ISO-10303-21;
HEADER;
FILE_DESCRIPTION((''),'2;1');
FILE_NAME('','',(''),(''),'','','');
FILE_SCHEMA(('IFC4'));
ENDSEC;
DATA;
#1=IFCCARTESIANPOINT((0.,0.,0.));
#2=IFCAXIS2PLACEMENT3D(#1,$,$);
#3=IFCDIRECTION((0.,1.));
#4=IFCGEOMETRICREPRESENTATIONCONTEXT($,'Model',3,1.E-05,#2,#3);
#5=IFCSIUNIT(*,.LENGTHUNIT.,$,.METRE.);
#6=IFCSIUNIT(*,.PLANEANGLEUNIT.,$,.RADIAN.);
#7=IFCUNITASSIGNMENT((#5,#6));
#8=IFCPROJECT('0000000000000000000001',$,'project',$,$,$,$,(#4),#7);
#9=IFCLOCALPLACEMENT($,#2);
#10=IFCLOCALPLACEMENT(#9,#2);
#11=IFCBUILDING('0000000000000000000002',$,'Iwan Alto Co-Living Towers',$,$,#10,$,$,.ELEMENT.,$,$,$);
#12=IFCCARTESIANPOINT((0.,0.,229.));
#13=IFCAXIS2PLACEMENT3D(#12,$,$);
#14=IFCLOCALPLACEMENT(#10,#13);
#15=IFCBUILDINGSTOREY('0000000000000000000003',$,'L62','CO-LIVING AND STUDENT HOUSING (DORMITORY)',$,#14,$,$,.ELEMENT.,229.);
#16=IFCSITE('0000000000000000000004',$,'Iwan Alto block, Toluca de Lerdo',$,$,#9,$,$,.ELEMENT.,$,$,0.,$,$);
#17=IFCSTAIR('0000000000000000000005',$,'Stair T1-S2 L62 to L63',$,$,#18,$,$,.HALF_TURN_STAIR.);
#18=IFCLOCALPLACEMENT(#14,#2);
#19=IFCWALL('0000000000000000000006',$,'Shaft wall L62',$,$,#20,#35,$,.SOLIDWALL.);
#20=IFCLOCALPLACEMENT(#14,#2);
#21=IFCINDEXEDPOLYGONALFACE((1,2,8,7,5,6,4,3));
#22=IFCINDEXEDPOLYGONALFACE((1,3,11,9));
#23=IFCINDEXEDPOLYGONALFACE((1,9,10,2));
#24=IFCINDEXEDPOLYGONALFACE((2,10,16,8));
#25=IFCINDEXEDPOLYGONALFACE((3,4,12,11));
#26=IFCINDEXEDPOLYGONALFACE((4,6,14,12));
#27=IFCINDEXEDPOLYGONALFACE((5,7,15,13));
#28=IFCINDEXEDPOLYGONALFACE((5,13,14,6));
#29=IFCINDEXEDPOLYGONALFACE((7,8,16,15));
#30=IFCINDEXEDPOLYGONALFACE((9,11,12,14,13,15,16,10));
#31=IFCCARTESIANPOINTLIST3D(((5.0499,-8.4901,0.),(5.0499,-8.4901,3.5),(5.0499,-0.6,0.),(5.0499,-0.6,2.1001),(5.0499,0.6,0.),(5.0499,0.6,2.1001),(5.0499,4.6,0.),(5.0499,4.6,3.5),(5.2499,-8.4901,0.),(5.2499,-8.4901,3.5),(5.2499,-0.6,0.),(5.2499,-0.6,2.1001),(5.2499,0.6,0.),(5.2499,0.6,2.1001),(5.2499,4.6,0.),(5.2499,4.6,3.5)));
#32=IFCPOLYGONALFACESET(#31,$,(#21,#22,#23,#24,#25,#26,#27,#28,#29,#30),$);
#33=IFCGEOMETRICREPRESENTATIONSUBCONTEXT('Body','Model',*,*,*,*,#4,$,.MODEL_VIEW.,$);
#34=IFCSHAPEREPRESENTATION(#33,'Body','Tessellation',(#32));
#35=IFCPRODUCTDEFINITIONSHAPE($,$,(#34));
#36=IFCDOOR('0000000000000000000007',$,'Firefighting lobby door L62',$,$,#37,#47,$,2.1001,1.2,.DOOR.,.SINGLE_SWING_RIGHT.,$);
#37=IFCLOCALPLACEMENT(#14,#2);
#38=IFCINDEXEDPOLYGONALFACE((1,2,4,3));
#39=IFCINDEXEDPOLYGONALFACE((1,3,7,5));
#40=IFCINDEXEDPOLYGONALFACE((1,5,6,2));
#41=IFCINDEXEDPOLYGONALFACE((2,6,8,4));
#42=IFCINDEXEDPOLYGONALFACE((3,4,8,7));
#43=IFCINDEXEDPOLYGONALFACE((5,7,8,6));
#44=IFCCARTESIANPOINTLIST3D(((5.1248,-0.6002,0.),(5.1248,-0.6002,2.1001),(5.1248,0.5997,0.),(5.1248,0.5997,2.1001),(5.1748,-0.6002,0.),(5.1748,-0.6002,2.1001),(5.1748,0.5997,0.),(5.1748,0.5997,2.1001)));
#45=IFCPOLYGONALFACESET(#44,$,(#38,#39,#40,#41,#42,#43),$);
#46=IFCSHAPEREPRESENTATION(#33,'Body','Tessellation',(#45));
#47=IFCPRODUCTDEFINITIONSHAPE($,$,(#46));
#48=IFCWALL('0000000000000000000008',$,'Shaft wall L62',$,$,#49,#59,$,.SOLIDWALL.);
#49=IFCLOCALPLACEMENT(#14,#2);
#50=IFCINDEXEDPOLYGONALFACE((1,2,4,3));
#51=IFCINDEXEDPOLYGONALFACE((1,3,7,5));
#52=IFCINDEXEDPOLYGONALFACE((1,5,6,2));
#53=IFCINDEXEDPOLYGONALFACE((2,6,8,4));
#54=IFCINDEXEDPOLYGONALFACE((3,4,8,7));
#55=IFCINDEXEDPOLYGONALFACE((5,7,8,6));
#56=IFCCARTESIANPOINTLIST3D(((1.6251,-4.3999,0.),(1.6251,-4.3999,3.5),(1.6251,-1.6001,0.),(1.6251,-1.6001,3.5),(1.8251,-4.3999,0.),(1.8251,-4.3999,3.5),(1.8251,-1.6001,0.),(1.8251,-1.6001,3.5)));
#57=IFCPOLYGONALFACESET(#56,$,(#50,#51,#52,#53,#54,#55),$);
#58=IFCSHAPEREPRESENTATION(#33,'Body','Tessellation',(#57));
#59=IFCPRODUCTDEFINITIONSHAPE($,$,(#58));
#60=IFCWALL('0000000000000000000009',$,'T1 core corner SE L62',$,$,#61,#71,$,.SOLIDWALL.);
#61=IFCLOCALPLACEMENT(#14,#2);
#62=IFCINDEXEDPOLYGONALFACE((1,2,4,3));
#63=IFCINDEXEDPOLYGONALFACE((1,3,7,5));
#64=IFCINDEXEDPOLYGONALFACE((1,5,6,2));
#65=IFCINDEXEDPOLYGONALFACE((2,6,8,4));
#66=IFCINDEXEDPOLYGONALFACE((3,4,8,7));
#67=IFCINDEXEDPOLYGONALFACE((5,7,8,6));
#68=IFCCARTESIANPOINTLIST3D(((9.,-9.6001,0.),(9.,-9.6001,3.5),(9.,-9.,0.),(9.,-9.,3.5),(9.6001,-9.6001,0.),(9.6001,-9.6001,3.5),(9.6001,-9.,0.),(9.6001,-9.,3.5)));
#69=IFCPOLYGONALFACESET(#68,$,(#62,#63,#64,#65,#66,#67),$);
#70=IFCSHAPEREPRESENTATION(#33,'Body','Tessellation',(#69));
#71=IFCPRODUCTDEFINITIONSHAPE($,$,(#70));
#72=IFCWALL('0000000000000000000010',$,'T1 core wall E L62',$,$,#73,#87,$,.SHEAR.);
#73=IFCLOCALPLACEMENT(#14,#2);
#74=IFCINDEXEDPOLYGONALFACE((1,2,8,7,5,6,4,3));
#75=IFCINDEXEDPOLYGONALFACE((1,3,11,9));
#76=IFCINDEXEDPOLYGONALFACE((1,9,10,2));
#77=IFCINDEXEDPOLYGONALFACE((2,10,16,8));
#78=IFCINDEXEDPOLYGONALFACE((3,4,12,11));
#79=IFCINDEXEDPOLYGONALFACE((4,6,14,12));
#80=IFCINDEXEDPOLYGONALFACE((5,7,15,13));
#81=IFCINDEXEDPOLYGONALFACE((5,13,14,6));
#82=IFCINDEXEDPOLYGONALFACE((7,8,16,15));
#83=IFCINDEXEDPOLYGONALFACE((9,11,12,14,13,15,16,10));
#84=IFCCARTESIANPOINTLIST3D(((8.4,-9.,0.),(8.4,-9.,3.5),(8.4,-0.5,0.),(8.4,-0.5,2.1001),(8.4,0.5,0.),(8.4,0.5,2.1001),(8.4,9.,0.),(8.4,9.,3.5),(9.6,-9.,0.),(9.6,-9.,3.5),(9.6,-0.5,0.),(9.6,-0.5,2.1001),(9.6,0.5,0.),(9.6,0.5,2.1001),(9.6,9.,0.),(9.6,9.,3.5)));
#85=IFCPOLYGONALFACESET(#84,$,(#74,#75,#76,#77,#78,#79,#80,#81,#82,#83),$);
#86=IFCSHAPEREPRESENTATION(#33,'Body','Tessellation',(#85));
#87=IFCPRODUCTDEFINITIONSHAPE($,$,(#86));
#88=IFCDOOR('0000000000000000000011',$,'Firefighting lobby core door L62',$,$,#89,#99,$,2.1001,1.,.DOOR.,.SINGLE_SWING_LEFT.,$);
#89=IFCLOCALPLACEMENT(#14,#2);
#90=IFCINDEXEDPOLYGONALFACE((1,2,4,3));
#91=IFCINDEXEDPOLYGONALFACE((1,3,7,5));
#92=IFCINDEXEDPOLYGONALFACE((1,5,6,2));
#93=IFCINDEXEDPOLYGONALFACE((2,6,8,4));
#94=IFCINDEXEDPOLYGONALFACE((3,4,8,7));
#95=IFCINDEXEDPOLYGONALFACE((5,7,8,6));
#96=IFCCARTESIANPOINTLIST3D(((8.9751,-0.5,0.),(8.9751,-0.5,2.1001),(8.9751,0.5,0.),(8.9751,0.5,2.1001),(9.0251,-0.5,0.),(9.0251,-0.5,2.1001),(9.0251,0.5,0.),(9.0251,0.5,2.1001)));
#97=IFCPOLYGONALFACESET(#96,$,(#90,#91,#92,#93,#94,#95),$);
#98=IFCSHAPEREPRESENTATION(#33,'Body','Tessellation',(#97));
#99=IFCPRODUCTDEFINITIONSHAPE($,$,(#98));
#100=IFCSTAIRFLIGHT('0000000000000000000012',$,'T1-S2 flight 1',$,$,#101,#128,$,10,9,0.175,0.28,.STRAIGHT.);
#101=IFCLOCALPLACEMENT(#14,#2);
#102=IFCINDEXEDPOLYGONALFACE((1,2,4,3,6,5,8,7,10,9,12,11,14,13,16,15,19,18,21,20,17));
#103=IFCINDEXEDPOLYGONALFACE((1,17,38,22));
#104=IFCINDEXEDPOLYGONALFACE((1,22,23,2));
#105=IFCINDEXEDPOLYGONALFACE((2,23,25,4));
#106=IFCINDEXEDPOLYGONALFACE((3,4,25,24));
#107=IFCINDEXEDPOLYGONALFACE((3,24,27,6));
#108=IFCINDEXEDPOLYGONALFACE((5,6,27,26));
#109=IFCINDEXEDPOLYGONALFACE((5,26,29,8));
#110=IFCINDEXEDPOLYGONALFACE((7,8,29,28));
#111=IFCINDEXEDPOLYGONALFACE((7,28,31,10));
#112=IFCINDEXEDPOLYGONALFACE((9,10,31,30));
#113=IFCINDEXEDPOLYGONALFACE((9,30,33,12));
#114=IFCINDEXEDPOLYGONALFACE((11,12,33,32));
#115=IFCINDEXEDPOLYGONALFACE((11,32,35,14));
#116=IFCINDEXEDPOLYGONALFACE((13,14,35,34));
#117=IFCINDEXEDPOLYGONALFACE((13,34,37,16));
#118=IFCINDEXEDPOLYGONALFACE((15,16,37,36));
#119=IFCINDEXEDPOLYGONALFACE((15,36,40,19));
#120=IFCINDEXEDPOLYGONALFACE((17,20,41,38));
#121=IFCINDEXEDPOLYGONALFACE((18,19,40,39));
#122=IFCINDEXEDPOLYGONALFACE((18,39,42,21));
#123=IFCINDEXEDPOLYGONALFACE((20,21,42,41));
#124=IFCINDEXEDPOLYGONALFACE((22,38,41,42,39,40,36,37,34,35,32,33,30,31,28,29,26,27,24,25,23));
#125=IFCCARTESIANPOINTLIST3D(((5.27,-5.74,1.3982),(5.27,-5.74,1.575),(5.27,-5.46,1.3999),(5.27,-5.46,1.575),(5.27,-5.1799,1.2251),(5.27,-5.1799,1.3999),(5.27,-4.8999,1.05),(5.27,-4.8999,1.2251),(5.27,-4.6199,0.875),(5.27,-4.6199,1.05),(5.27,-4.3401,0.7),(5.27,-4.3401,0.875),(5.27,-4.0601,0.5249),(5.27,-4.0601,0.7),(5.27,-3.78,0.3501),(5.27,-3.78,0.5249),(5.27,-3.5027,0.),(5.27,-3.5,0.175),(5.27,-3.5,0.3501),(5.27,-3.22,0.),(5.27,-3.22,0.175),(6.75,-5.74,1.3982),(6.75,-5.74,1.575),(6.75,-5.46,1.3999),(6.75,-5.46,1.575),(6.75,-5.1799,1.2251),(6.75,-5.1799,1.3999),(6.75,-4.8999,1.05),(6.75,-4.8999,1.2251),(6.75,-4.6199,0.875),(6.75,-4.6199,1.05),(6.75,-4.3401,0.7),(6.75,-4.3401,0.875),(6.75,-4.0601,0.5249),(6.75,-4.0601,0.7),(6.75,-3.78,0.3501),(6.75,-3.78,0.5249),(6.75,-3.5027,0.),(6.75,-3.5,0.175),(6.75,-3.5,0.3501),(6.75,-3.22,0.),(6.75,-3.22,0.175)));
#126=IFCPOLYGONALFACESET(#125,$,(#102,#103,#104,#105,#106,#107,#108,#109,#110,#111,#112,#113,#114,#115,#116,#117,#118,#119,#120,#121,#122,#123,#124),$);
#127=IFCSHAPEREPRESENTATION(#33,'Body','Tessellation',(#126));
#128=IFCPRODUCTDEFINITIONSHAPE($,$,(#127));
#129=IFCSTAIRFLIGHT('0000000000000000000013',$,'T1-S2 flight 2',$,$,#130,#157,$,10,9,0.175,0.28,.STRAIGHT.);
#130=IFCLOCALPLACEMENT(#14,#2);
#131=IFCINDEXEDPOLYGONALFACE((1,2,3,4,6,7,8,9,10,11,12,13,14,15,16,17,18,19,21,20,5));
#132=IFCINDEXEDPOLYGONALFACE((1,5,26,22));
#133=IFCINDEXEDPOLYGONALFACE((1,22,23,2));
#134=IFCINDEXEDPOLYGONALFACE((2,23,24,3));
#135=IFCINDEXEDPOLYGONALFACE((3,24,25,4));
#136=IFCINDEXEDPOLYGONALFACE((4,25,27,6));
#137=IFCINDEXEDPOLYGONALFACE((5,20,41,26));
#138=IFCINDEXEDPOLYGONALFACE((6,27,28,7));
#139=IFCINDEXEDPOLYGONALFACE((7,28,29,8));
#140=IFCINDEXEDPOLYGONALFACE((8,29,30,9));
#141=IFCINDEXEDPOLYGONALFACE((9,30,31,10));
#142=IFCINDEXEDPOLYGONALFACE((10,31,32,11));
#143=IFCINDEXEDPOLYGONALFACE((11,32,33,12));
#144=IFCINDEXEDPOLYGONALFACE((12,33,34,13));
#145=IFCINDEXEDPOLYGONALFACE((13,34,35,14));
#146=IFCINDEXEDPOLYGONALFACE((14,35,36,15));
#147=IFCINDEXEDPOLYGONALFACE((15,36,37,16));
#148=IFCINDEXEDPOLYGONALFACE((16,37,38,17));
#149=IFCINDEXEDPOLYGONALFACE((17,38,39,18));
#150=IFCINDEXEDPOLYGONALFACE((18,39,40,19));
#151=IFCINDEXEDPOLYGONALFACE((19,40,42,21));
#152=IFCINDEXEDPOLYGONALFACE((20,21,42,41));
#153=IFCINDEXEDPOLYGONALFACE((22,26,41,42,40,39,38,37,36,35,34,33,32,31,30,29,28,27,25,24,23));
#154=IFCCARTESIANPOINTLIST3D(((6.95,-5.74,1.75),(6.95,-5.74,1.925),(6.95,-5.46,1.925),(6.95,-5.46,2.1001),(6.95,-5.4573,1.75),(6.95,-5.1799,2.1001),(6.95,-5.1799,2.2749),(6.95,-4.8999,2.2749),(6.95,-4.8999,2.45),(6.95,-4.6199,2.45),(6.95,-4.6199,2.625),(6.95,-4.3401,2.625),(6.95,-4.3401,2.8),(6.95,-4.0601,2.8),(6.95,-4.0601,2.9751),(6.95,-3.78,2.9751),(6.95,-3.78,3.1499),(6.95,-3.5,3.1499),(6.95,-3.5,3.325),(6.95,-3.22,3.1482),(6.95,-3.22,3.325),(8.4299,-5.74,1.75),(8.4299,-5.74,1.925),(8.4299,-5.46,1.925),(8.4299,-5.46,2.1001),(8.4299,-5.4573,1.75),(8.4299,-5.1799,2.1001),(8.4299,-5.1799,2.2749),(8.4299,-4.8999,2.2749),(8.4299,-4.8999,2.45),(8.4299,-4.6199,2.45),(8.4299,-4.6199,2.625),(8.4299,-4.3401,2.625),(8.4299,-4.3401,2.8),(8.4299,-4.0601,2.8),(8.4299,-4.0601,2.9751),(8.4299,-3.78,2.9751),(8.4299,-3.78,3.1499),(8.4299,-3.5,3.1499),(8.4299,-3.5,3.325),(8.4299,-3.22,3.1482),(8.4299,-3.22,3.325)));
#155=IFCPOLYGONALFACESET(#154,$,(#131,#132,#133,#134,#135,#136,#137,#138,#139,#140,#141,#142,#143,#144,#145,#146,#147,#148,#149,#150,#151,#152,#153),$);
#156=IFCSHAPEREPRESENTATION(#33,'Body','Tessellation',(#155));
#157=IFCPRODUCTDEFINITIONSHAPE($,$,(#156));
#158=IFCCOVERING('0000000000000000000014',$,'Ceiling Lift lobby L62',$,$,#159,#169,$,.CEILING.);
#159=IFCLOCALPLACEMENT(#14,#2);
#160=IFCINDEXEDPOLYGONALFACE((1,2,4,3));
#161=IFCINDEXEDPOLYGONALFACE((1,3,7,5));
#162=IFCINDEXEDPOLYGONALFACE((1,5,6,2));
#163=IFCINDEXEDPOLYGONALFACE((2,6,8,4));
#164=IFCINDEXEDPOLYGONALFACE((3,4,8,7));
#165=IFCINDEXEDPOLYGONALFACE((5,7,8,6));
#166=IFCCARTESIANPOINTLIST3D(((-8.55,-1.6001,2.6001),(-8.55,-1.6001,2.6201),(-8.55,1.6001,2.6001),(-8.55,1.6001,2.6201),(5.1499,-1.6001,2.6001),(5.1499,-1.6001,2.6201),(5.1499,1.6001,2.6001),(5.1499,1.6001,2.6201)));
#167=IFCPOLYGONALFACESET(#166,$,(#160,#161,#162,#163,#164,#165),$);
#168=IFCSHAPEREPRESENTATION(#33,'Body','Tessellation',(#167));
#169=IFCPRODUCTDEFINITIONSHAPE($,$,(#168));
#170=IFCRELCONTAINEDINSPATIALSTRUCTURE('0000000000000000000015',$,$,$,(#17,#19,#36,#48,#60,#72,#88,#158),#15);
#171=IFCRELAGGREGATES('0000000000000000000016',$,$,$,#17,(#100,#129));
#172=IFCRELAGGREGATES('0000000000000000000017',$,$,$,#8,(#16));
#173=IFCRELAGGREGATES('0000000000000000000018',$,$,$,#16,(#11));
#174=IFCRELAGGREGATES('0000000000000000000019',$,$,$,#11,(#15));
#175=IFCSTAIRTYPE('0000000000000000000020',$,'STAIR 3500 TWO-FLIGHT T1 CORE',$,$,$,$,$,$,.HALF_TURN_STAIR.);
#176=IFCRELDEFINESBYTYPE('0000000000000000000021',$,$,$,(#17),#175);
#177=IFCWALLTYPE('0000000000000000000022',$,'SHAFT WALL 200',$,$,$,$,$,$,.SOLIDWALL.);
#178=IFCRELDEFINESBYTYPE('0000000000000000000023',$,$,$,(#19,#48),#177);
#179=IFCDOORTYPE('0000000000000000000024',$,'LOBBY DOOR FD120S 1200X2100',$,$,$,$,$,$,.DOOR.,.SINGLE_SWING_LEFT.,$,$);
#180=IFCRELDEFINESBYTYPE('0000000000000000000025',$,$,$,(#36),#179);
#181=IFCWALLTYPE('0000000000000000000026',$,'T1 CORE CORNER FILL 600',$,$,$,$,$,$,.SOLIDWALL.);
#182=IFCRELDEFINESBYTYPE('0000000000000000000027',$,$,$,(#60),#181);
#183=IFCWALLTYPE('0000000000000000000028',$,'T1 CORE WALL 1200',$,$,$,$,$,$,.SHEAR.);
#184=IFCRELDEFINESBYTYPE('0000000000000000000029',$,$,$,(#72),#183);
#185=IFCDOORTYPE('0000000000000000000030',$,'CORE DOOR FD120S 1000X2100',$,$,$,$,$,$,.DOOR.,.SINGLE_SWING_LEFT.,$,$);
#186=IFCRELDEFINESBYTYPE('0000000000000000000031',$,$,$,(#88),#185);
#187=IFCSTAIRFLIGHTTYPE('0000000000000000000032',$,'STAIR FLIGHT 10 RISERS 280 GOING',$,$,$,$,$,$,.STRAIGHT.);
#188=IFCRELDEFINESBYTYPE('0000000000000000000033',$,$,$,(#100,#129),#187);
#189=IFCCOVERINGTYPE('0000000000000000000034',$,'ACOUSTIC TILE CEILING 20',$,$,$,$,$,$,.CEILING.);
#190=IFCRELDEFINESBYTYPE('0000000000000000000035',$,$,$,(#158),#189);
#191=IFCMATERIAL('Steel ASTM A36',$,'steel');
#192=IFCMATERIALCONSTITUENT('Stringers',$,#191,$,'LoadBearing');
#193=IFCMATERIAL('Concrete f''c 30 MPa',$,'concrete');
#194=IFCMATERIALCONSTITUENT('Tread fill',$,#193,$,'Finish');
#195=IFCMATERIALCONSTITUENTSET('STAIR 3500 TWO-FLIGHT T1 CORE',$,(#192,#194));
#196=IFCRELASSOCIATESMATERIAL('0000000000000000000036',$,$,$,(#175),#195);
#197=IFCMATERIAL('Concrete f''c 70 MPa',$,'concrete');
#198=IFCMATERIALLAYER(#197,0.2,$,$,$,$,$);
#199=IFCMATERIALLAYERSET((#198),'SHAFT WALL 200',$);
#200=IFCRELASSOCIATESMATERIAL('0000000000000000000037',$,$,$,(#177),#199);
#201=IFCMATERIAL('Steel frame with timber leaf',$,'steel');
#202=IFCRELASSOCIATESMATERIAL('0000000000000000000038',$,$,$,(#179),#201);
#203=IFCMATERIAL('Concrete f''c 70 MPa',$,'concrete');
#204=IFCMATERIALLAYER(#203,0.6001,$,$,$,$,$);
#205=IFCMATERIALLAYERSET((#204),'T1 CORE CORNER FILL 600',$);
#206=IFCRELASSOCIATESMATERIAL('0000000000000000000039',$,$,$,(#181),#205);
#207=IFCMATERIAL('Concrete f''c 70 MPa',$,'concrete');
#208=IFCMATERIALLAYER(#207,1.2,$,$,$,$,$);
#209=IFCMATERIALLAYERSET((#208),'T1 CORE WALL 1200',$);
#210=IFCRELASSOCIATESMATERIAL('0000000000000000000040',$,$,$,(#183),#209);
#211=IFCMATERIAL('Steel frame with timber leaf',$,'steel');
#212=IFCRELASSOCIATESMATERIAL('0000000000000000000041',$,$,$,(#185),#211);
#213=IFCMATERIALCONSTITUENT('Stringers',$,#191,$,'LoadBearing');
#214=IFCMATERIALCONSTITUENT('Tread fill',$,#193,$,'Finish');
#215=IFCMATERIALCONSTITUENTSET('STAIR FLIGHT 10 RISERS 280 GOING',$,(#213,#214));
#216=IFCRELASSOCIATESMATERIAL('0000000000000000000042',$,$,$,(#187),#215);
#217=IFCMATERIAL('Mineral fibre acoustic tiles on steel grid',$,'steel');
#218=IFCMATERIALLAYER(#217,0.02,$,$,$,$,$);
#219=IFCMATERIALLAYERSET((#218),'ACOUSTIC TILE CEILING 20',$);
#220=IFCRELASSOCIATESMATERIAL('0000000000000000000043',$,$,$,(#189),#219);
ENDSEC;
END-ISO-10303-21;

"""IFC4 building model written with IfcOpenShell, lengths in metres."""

from ifc_helpers import new_model, si_unit, direction, frame, frame_2d, origin, place, context, subcontext, project, spatial, polyline, rectangle, outline, extrude, material, layer, layer_set, constituent, constituent_set, type_object, element, fill, aggregate, save


model = new_model("IFC4")

# Units and contexts
model_context = context("Model", 3, precision=1e-05, world=origin(), true_north=direction((0.0, 1.0)))
body_context = subcontext(model_context, "Body", "Model", "MODEL_VIEW")
ifc_project = project(units=[si_unit("LENGTHUNIT", "METRE"), si_unit("PLANEANGLEUNIT", "RADIAN")], contexts=[model_context])

# Site, building, storey
site_placement = place(None, origin())
site = spatial("IfcSite", under=ifc_project, at=site_placement, Name="Iwan Alto block, Toluca de Lerdo", CompositionType="ELEMENT", RefElevation=0.0)
building_placement = place(site_placement, origin())
building = spatial("IfcBuilding", under=site, at=building_placement, Name="Iwan Alto Co-Living Towers", CompositionType="ELEMENT")
storey_placement = place(building_placement, frame((0.0, 0.0, 229.0)))
storey = spatial("IfcBuildingStorey", under=building, at=storey_placement, Name="L62", Description="CO-LIVING AND STUDENT HOUSING (DORMITORY)", CompositionType="ELEMENT", Elevation=229.0)

# Stair
ifc_material_1 = material(Name="Steel ASTM A36", Category="steel")
ifc_constituent_1 = constituent(ifc_material_1, Name="Stringers", Category="LoadBearing")
ifc_material_2 = material(Name="Concrete f'c 30 MPa", Category="concrete")
ifc_constituent_2 = constituent(ifc_material_2, Name="Tread fill", Category="Finish")
ifc_constituent_set_1 = constituent_set(constituents=[ifc_constituent_1, ifc_constituent_2], Name="STAIR 3500 TWO-FLIGHT T1 CORE")
stair_type = type_object("IfcStairType", Name="STAIR 3500 TWO-FLIGHT T1 CORE", PredefinedType="HALF_TURN_STAIR", material=ifc_constituent_set_1)
stair_1_placement = place(storey_placement, origin())
stair_1 = element("IfcStair", 1, at=stair_1_placement, inside=storey, type_object=stair_type, Name="Stair T1-S2 L62 to L63", PredefinedType="HALF_TURN_STAIR")

# Wall, opening, door
ifc_material_3 = material(Name="Concrete f'c 70 MPa", Category="concrete")
ifc_layer_1 = layer(ifc_material_3, 0.2)
ifc_layer_set_1 = layer_set([ifc_layer_1], Name="SHAFT WALL 200")
wall_type_1 = type_object("IfcWallType", Name="SHAFT WALL 200", PredefinedType="SOLIDWALL", material=ifc_layer_set_1)
wall_1_placement = place(storey_placement, frame((5.1499, -8.49, 0.0), z_axis=(0.0, 0.0, 1.0), x_axis=(0.0, 1.0, 0.0)))
wall_1 = element("IfcWall", 2, at=wall_1_placement, inside=storey, type_object=wall_type_1, Name="Shaft wall L62", PredefinedType="SOLIDWALL", context=body_context, shape_type="SweptSolid", body=[
    extrude(rectangle(XDim=13.0901, YDim=0.2, at=frame_2d((6.5449, 0.0))), origin(), (0.0, 0.0, 1.0), 3.5),
])
opening_1_placement = place(wall_1_placement, frame((7.8899, 0.0, 0.0)))
opening_1 = element("IfcOpeningElement", 3, at=opening_1_placement, cuts=wall_1, PredefinedType="OPENING", context=body_context, shape_type="SweptSolid", body=[
    extrude(rectangle(XDim=1.2, YDim=2.1001, at=frame_2d((0.6001, 1.05))), frame((0.0, 0.1099, 0.0), z_axis=(0.0, -1.0, 0.0), x_axis=(1.0, 0.0, 0.0)), (0.0, 0.0, 1.0), 0.22),
])
ifc_material_4 = material(Name="Steel frame with timber leaf", Category="steel")
door_type_1 = type_object("IfcDoorType", Name="LOBBY DOOR FD120S 1200X2100", OperationType="SINGLE_SWING_LEFT", PredefinedType="DOOR", material=ifc_material_4)
door_1_placement = place(opening_1_placement, frame((1.2, 0.0, 0.0), z_axis=(0.0, 0.0, 1.0), x_axis=(-1.0, 0.0, 0.0)))
door_1 = element("IfcDoor", 4, at=door_1_placement, inside=storey, type_object=door_type_1, Name="Firefighting lobby door L62", OperationType="SINGLE_SWING_RIGHT", OverallHeight=2.1001, OverallWidth=1.2, PredefinedType="DOOR", context=body_context, shape_type="SweptSolid", body=[
    extrude(rectangle(XDim=1.2, YDim=2.1001, at=frame_2d((0.6001, 1.05))), frame((0.0, 0.0249, 0.0), z_axis=(0.0, -1.0, 0.0), x_axis=(1.0, 0.0, 0.0)), (0.0, 0.0, 1.0), 0.05),
])
fill(opening_1, door_1)

# Walls
wall_2_placement = place(storey_placement, frame((1.7251, -4.3999, 0.0), z_axis=(0.0, 0.0, 1.0), x_axis=(0.0, 1.0, 0.0)))
element("IfcWall", 5, at=wall_2_placement, inside=storey, type_object=wall_type_1, Name="Shaft wall L62", PredefinedType="SOLIDWALL", context=body_context, shape_type="SweptSolid", body=[
    extrude(rectangle(XDim=2.7998, YDim=0.2, at=frame_2d((1.3999, 0.0))), origin(), (0.0, 0.0, 1.0), 3.5),
])
ifc_material_5 = material(Name="Concrete f'c 70 MPa", Category="concrete")
ifc_layer_2 = layer(ifc_material_5, 0.6001)
ifc_layer_set_2 = layer_set([ifc_layer_2], Name="T1 CORE CORNER FILL 600")
wall_type_2 = type_object("IfcWallType", Name="T1 CORE CORNER FILL 600", PredefinedType="SOLIDWALL", material=ifc_layer_set_2)
wall_3_placement = place(storey_placement, frame((9.0, -9.3, 0.0), z_axis=(0.0, 0.0, 1.0), x_axis=(1.0, 0.0, 0.0)))
element("IfcWall", 6, at=wall_3_placement, inside=storey, type_object=wall_type_2, Name="T1 core corner SE L62", PredefinedType="SOLIDWALL", context=body_context, shape_type="SweptSolid", body=[
    extrude(rectangle(XDim=0.6001, YDim=0.6001, at=frame_2d((0.3, 0.0))), origin(), (0.0, 0.0, 1.0), 3.5),
])

# Wall, opening, door
ifc_material_6 = material(Name="Concrete f'c 70 MPa", Category="concrete")
ifc_layer_3 = layer(ifc_material_6, 1.2)
ifc_layer_set_3 = layer_set([ifc_layer_3], Name="T1 CORE WALL 1200")
wall_type_3 = type_object("IfcWallType", Name="T1 CORE WALL 1200", PredefinedType="SHEAR", material=ifc_layer_set_3)
wall_4_placement = place(storey_placement, frame((9.0, -9.0, 0.0), z_axis=(0.0, 0.0, 1.0), x_axis=(0.0, 1.0, 0.0)))
wall_4 = element("IfcWall", 7, at=wall_4_placement, inside=storey, type_object=wall_type_3, Name="T1 core wall E L62", PredefinedType="SHEAR", context=body_context, shape_type="SweptSolid", body=[
    extrude(rectangle(XDim=18.0, YDim=1.2, at=frame_2d((9.0, 0.0))), origin(), (0.0, 0.0, 1.0), 3.5),
])
opening_2_placement = place(wall_4_placement, frame((8.5, 0.0, 0.0)))
opening_2 = element("IfcOpeningElement", 8, at=opening_2_placement, cuts=wall_4, PredefinedType="OPENING", context=body_context, shape_type="SweptSolid", body=[
    extrude(rectangle(XDim=1.0, YDim=2.1001, at=frame_2d((0.5, 1.05))), frame((0.0, 0.6099, 0.0), z_axis=(0.0, -1.0, 0.0), x_axis=(1.0, 0.0, 0.0)), (0.0, 0.0, 1.0), 1.22),
])
ifc_material_7 = material(Name="Steel frame with timber leaf", Category="steel")
door_type_2 = type_object("IfcDoorType", Name="CORE DOOR FD120S 1000X2100", OperationType="SINGLE_SWING_LEFT", PredefinedType="DOOR", material=ifc_material_7)
door_2_placement = place(opening_2_placement, origin())
door_2 = element("IfcDoor", 9, at=door_2_placement, inside=storey, type_object=door_type_2, Name="Firefighting lobby core door L62", OperationType="SINGLE_SWING_LEFT", OverallHeight=2.1001, OverallWidth=1.0, PredefinedType="DOOR", context=body_context, shape_type="SweptSolid", body=[
    extrude(rectangle(XDim=1.0, YDim=2.1001, at=frame_2d((0.5, 1.05))), frame((0.0, 0.0249, 0.0), z_axis=(0.0, -1.0, 0.0), x_axis=(1.0, 0.0, 0.0)), (0.0, 0.0, 1.0), 0.05),
])
fill(opening_2, door_2)

# Stair flights
ifc_constituent_3 = constituent(ifc_material_1, Name="Stringers", Category="LoadBearing")
ifc_constituent_4 = constituent(ifc_material_2, Name="Tread fill", Category="Finish")
ifc_constituent_set_2 = constituent_set(constituents=[ifc_constituent_3, ifc_constituent_4], Name="STAIR FLIGHT 10 RISERS 280 GOING")
stair_flight_type = type_object("IfcStairFlightType", Name="STAIR FLIGHT 10 RISERS 280 GOING", PredefinedType="STRAIGHT", material=ifc_constituent_set_2)
stair_flight_1_placement = place(storey_placement, frame((6.01, -3.22, 0.0), z_axis=(0.0, 0.0, 1.0), x_axis=(0.0, -1.0, 0.0)))
stair_flight_1 = element("IfcStairFlight", 10, at=stair_flight_1_placement, type_object=stair_flight_type, Name="T1-S2 flight 1", NumberOfRisers=10, NumberOfTreads=9, PredefinedType="STRAIGHT", RiserHeight=0.175, TreadLength=0.28, context=body_context, shape_type="SweptSolid", body=[
    extrude(outline(polyline([(0.0, 0.0), (0.0, 0.175), (0.28, 0.175), (0.28, 0.3501), (0.5601, 0.3501), (0.5601, 0.5249), (0.8401, 0.5249), (0.8401, 0.7), (1.1201, 0.7), (1.1201, 0.875), (1.3999, 0.875), (1.3999, 1.05), (1.6799, 1.05), (1.6799, 1.2251), (1.96, 1.2251), (1.96, 1.3999), (2.24, 1.3999), (2.24, 1.575), (2.52, 1.575), (2.52, 1.75), (2.52, 1.3982), (0.2827, 0.0), (0.0, 0.0)])), frame((0.0, 0.74, 0.0), z_axis=(0.0, -1.0, 0.0), x_axis=(1.0, 0.0, 0.0)), (0.0, 0.0, 1.0), 1.48),
])
stair_flight_2_placement = place(storey_placement, frame((7.6899, -5.74, 1.75), z_axis=(0.0, 0.0, 1.0), x_axis=(0.0, 1.0, 0.0)))
stair_flight_2 = element("IfcStairFlight", 11, at=stair_flight_2_placement, type_object=stair_flight_type, Name="T1-S2 flight 2", NumberOfRisers=10, NumberOfTreads=9, PredefinedType="STRAIGHT", RiserHeight=0.175, TreadLength=0.28, context=body_context, shape_type="SweptSolid", body=[
    extrude(outline(polyline([(0.0, 0.0), (0.0, 0.175), (0.28, 0.175), (0.28, 0.3501), (0.5601, 0.3501), (0.5601, 0.5249), (0.8401, 0.5249), (0.8401, 0.7), (1.1201, 0.7), (1.1201, 0.875), (1.3999, 0.875), (1.3999, 1.05), (1.6799, 1.05), (1.6799, 1.2251), (1.96, 1.2251), (1.96, 1.3999), (2.24, 1.3999), (2.24, 1.575), (2.52, 1.575), (2.52, 1.75), (2.52, 1.3982), (0.2827, 0.0), (0.0, 0.0)])), frame((0.0, 0.74, 0.0), z_axis=(0.0, -1.0, 0.0), x_axis=(1.0, 0.0, 0.0)), (0.0, 0.0, 1.0), 1.48),
])
aggregate(stair_1, [stair_flight_1, stair_flight_2])

# Covering
ifc_material_8 = material(Name="Mineral fibre acoustic tiles on steel grid", Category="steel")
ifc_layer_4 = layer(ifc_material_8, 0.02)
ifc_layer_set_4 = layer_set([ifc_layer_4], Name="ACOUSTIC TILE CEILING 20")
covering_type = type_object("IfcCoveringType", Name="ACOUSTIC TILE CEILING 20", PredefinedType="CEILING", material=ifc_layer_set_4)
covering_placement = place(storey_placement, frame((0.0, 0.0, 2.6001)))
element("IfcCovering", 12, at=covering_placement, inside=storey, type_object=covering_type, Name="Ceiling Lift lobby L62", PredefinedType="CEILING", context=body_context, shape_type="SweptSolid", body=[
    extrude(outline(polyline([(-8.55, -1.6001), (-8.55, 1.6001), (5.1499, 1.6001), (5.1499, -1.6001), (-8.55, -1.6001)])), origin(), (0.0, 0.0, 1.0), 0.02),
])

save(model, "model.ifc")
